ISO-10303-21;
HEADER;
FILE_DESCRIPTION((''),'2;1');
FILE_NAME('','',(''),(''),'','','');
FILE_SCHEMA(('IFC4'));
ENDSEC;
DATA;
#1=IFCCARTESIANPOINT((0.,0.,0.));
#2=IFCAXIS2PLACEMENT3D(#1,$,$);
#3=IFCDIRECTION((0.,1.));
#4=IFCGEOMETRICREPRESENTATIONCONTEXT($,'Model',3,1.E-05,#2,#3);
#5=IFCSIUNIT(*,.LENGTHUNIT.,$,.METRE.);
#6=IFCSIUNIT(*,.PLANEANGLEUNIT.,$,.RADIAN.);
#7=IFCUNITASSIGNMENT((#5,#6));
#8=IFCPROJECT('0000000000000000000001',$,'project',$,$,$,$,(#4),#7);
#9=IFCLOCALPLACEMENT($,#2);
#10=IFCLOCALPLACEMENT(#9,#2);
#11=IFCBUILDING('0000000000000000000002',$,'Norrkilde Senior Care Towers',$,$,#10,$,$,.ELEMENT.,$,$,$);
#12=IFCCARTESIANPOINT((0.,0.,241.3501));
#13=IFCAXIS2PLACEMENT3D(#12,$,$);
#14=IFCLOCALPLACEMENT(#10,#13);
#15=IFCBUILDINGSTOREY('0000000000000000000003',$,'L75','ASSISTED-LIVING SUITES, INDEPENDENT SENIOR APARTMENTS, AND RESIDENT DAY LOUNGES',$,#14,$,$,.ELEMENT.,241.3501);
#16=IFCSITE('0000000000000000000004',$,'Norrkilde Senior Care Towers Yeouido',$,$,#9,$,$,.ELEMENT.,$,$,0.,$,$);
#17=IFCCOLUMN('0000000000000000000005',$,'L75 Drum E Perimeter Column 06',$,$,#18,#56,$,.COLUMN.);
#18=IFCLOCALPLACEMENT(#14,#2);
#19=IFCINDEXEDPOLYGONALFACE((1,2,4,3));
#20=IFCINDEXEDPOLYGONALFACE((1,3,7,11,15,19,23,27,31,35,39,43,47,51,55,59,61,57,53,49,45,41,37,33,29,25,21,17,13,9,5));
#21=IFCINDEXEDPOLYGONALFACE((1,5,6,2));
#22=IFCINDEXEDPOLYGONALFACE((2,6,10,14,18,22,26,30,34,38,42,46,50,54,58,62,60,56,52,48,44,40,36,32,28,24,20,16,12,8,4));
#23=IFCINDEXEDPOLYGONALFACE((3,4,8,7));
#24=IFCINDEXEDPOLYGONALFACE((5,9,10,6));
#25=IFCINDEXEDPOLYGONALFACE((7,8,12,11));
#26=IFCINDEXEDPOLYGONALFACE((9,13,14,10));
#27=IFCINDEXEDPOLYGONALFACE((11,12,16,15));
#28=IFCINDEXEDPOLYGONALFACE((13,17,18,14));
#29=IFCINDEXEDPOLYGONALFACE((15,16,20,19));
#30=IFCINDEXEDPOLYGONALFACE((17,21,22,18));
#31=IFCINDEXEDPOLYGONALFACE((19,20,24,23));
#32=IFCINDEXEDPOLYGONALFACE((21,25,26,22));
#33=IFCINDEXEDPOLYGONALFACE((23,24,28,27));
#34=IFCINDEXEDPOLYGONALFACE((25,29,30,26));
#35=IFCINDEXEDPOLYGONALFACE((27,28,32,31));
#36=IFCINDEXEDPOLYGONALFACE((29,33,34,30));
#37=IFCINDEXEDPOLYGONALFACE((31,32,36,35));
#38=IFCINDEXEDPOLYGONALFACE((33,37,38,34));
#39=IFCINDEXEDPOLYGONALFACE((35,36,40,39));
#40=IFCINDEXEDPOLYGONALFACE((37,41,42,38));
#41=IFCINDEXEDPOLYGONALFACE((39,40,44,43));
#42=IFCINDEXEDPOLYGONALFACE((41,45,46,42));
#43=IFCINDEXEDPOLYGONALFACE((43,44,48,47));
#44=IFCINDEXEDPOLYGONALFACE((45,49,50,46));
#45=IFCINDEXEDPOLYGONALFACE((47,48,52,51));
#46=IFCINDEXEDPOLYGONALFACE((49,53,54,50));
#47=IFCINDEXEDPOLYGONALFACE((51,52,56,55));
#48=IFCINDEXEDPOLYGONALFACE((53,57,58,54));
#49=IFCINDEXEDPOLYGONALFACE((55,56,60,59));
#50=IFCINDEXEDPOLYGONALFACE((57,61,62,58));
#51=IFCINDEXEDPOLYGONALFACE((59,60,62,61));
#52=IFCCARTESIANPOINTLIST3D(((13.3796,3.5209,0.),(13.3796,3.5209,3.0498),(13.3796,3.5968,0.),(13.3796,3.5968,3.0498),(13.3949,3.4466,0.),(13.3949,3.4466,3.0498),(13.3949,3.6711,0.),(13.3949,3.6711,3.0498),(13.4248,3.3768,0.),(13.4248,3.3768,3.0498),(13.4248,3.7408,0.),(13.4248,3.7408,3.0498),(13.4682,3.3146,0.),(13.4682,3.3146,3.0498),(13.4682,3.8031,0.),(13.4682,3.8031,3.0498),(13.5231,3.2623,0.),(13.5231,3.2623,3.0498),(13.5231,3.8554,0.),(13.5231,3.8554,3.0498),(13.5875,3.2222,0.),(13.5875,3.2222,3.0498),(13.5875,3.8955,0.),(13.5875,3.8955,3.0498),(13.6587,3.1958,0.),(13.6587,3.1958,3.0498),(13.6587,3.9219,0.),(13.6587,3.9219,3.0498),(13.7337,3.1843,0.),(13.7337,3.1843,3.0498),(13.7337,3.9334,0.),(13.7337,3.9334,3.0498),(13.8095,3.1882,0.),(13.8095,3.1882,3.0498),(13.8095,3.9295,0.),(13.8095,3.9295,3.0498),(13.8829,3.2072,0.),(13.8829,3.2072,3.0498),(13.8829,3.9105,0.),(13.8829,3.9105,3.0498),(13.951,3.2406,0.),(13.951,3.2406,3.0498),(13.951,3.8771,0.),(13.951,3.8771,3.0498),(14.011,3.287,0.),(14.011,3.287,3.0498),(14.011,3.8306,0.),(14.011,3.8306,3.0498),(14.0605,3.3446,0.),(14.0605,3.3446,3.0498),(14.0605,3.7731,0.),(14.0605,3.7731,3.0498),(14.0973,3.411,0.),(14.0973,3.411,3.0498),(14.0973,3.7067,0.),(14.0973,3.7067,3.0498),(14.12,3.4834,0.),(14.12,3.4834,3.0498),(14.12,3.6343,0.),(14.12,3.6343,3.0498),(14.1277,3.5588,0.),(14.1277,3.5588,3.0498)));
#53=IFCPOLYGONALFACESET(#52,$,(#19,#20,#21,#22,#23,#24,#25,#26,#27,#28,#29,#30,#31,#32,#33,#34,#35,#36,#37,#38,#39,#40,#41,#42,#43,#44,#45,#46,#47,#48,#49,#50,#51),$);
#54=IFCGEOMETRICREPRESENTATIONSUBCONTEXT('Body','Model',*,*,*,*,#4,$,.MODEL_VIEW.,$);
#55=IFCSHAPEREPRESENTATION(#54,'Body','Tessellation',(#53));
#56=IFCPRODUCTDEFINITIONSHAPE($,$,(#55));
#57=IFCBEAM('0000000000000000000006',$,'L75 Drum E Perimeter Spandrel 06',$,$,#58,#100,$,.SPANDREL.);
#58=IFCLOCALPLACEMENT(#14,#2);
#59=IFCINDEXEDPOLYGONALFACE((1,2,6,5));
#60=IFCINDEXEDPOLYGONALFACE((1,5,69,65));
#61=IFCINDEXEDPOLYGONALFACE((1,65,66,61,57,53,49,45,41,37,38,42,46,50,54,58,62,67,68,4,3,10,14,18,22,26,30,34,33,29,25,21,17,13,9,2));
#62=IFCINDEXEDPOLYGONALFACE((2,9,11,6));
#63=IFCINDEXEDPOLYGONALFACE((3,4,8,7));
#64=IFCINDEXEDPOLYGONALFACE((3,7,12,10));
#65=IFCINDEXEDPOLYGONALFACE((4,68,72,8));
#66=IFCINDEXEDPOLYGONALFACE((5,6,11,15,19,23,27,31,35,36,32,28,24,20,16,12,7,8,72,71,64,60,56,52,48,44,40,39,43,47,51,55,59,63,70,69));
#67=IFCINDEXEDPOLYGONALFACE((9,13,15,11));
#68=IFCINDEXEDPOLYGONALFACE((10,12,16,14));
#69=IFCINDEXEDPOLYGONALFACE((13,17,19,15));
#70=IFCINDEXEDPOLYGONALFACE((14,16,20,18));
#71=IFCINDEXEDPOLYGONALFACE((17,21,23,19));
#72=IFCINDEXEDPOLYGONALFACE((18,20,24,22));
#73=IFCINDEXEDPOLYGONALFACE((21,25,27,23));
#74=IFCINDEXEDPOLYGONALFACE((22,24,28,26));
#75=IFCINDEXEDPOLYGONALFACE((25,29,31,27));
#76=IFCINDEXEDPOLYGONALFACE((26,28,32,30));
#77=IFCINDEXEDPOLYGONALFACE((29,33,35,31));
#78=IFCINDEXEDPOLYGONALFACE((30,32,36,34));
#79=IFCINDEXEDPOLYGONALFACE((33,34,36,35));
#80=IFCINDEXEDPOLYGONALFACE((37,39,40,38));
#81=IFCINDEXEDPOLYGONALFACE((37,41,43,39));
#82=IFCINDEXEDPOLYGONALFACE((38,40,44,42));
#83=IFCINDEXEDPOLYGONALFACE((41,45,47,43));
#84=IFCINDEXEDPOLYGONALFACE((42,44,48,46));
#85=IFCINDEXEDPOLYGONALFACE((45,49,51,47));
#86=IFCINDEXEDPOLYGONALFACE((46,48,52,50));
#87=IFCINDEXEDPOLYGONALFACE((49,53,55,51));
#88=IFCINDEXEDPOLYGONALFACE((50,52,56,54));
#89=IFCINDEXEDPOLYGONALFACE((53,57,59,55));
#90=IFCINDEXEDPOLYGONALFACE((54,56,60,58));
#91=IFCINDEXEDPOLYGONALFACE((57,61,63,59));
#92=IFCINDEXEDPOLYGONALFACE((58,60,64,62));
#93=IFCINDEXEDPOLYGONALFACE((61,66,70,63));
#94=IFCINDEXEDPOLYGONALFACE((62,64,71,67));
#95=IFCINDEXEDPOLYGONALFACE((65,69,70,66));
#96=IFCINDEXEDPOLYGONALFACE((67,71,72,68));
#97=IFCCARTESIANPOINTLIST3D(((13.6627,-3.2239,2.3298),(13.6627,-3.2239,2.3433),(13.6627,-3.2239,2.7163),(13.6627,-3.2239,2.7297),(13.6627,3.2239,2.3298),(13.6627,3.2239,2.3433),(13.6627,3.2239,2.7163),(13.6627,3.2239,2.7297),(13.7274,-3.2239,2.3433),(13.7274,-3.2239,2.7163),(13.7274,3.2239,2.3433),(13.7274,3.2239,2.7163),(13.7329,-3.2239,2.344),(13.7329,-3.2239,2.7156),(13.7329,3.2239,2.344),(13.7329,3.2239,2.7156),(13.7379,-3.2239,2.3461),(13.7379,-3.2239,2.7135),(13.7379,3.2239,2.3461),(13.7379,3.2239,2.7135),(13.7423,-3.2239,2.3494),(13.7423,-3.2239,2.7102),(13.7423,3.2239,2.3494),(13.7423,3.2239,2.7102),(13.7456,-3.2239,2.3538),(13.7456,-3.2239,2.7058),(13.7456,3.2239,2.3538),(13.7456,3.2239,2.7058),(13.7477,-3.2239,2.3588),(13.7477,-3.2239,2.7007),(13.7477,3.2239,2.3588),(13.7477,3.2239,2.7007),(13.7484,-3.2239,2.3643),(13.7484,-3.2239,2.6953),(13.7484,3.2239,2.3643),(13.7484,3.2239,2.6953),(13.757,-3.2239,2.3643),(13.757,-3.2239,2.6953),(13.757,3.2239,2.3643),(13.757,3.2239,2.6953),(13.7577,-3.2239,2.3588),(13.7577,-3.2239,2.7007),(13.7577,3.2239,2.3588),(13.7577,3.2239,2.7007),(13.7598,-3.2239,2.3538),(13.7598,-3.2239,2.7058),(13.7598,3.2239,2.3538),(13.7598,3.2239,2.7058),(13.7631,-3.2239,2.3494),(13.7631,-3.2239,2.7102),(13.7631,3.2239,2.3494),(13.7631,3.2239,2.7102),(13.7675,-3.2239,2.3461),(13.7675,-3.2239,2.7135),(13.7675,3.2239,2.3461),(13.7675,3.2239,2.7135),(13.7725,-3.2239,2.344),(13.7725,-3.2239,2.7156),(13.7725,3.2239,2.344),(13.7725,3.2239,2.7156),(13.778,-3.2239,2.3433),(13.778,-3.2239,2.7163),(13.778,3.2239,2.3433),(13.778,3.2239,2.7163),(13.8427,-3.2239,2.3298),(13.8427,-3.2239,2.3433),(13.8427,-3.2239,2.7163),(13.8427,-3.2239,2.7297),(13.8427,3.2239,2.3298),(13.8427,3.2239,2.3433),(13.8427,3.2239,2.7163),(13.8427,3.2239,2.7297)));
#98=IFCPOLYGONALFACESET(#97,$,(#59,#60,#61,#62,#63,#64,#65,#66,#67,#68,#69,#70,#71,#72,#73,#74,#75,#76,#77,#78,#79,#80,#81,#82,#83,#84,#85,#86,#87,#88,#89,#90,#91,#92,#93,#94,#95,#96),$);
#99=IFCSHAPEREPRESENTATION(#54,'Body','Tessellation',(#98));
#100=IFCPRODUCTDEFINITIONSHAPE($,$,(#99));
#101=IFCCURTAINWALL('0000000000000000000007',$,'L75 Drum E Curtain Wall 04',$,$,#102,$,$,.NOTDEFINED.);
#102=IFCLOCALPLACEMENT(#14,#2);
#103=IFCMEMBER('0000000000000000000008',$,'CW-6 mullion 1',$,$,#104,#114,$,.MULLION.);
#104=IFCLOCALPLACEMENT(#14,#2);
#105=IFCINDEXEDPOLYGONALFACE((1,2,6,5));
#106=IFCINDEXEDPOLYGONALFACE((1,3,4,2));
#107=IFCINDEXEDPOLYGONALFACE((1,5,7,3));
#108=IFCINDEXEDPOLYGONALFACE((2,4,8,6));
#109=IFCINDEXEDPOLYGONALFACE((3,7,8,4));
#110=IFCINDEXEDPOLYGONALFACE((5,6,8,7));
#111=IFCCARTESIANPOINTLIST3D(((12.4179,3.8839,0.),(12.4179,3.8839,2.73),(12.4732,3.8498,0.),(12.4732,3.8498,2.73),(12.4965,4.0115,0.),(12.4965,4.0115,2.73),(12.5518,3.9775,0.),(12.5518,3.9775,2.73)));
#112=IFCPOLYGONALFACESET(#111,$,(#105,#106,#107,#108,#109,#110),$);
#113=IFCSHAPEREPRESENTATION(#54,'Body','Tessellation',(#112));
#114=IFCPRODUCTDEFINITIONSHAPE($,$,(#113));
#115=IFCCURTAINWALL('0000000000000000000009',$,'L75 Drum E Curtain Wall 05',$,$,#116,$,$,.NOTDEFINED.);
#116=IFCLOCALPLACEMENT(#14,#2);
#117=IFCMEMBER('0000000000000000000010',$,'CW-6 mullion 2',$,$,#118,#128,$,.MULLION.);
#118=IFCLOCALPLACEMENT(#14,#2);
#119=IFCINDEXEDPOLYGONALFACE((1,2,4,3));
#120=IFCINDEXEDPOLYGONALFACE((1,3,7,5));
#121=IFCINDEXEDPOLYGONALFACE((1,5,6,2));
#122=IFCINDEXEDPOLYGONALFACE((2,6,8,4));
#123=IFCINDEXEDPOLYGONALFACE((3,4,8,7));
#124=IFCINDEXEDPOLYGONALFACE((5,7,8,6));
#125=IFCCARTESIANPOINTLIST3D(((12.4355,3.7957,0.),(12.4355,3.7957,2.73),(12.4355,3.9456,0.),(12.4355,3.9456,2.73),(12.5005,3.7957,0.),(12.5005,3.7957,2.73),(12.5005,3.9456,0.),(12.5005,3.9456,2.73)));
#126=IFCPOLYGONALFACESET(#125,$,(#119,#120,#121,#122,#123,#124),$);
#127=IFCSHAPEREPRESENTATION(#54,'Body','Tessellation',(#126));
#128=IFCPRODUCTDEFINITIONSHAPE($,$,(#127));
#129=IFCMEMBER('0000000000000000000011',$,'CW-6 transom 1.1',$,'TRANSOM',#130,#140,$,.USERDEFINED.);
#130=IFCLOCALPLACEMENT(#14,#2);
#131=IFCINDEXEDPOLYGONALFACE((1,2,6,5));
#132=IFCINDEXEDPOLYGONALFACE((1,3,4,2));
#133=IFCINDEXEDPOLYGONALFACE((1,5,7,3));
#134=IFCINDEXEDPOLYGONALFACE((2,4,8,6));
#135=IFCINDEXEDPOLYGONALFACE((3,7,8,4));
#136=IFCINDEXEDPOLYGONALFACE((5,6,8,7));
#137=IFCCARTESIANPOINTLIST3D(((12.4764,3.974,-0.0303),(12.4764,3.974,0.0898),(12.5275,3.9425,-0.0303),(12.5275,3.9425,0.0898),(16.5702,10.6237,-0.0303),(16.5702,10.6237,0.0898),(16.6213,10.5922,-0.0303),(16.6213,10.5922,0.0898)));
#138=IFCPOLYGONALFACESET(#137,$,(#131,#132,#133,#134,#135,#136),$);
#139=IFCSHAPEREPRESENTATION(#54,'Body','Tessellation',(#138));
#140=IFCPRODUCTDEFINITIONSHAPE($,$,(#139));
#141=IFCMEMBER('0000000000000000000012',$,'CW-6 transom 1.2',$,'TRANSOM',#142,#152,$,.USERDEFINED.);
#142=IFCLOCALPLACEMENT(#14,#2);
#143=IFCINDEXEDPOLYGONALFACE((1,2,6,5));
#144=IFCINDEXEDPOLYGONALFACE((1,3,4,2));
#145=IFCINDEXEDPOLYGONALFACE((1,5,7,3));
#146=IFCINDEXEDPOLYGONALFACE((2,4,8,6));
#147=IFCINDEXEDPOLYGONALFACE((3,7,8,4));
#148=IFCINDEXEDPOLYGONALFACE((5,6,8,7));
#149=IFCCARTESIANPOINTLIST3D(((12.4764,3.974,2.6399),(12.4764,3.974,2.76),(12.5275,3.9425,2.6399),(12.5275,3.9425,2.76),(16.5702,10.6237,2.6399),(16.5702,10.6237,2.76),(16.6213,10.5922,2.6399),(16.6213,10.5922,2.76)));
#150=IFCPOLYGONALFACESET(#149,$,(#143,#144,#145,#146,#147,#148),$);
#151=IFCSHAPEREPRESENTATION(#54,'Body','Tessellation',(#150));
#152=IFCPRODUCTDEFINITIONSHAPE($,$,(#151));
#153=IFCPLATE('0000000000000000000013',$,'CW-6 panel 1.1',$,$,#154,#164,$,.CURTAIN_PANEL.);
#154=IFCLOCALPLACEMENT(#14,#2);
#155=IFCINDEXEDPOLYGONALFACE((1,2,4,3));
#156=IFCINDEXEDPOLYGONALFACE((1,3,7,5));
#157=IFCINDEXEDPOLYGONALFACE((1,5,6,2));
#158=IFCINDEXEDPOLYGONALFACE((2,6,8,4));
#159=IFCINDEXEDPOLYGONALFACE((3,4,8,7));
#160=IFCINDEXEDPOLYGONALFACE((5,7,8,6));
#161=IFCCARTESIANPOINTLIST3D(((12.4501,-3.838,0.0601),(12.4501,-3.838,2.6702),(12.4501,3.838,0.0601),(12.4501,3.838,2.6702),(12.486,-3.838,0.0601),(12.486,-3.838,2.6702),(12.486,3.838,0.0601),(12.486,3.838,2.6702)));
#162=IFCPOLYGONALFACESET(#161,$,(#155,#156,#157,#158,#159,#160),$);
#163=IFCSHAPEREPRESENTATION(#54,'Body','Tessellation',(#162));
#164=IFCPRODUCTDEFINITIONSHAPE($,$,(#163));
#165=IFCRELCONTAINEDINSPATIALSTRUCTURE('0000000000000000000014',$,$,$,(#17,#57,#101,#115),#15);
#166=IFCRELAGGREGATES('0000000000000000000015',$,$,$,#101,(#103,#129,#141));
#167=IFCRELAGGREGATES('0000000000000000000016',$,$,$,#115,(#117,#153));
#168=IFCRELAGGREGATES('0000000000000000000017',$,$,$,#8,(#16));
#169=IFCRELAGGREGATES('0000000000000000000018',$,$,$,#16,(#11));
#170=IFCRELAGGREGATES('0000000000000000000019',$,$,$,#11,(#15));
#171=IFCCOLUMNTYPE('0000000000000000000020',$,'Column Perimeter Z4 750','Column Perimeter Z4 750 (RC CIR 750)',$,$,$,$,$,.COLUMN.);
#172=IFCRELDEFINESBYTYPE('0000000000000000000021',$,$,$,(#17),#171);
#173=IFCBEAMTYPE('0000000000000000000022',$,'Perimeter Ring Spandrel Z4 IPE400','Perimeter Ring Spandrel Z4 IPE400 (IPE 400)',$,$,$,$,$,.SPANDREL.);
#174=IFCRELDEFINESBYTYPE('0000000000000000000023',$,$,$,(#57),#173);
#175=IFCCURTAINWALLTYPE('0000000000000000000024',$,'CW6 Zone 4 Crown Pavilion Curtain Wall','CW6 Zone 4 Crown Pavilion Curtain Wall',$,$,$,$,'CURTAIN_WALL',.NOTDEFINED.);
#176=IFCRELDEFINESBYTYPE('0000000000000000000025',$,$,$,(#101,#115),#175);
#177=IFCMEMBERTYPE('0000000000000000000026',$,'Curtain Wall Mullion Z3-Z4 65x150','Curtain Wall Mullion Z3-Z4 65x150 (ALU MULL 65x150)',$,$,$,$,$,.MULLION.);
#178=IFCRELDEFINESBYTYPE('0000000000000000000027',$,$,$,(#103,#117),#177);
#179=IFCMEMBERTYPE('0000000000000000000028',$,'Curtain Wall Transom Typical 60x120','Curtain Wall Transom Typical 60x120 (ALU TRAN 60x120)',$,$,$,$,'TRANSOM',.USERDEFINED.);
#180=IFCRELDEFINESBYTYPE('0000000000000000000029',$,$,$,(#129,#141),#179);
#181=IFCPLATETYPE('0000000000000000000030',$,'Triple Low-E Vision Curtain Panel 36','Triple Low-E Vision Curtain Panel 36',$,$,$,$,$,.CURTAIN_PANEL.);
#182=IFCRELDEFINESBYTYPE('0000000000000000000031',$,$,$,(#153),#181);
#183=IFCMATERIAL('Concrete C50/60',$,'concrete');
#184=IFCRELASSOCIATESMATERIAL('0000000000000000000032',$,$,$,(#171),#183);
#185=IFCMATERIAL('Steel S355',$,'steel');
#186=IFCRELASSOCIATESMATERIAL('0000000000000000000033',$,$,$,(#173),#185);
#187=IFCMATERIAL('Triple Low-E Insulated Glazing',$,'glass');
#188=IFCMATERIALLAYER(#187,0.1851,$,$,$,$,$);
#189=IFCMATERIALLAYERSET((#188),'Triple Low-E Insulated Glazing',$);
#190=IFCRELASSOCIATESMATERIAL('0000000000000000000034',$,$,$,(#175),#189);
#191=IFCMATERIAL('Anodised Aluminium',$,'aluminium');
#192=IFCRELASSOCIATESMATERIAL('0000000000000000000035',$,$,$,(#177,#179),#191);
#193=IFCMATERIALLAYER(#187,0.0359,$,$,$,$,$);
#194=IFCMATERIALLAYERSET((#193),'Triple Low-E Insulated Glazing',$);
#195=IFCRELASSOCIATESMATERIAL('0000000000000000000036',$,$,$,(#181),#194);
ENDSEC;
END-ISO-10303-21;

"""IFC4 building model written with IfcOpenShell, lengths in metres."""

from ifc_helpers import new_model, si_unit, direction, frame, origin, origin_2d, place, context, subcontext, project, spatial, rectangle, circle, i_section, extrude, source, transform, mapped, material, layer, layer_set, material_profile, profile_set, type_object, type_shapes, element, aggregate, save


model = new_model("IFC4")

# Units and contexts
model_context = context("Model", 3, precision=1e-05, world=origin(), true_north=direction((0.0, 1.0)))
body_context = subcontext(model_context, "Body", "Model", "MODEL_VIEW")
ifc_project = project(units=[si_unit("LENGTHUNIT", "METRE"), si_unit("PLANEANGLEUNIT", "RADIAN")], contexts=[model_context])

# Site, building, storey
site_placement = place(None, origin())
site = spatial("IfcSite", under=ifc_project, at=site_placement, Name="Norrkilde Senior Care Towers Yeouido", CompositionType="ELEMENT", RefElevation=0.0)
building_placement = place(site_placement, origin())
building = spatial("IfcBuilding", under=site, at=building_placement, Name="Norrkilde Senior Care Towers", CompositionType="ELEMENT")
storey_placement = place(building_placement, frame((0.0, 0.0, 241.3501)))
storey = spatial("IfcBuildingStorey", under=building, at=storey_placement, Name="L75", Description="ASSISTED-LIVING SUITES, INDEPENDENT SENIOR APARTMENTS, AND RESIDENT DAY LOUNGES", CompositionType="ELEMENT", Elevation=241.3501)

# Column
ifc_material_1 = material(Name="Concrete C50/60", Category="concrete")
ifc_material_profile_1 = material_profile(ifc_material_1, circle(Radius=0.375, at=origin_2d()), Name="RC CIR 750")
ifc_profile_set_1 = profile_set([ifc_material_profile_1], Name="Concrete C50/60")
column_type = type_object("IfcColumnType", Name="Column Perimeter Z4 750", Description="Column Perimeter Z4 750 (RC CIR 750)", PredefinedType="COLUMN", material=ifc_profile_set_1)
shared_shape_1 = source(origin(), body_context, "Body", "SweptSolid", [
    extrude(circle(Radius=0.375, at=origin_2d()), origin(), (0.0, 0.0, 1.0), 3.0498),
])
type_shapes(column_type, [shared_shape_1])
column_placement = place(storey_placement, frame((13.7527, 3.5588, 0.0), z_axis=(0.0, 0.0, 1.0), x_axis=(1.0, 0.0, 0.0)))
element("IfcColumn", 1, at=column_placement, inside=storey, type_object=column_type, Name="L75 Drum E Perimeter Column 06", PredefinedType="COLUMN", context=body_context, shape_type="MappedRepresentation", body=[
    mapped(shared_shape_1, transform((0.0, 0.0, 0.0), x_axis=(1.0, 0.0, 0.0), y_axis=(0.0, 1.0, 0.0), z_axis=(0.0, 0.0, 1.0), scale=1.0)),
])

# Beam
ifc_material_2 = material(Name="Steel S355", Category="steel")
ifc_material_profile_2 = material_profile(ifc_material_2, i_section(OverallWidth=0.1799, OverallDepth=0.3999, WebThickness=0.0085, FlangeThickness=0.0134, FilletRadius=0.021, at=origin_2d()), Name="IPE 400")
ifc_profile_set_2 = profile_set([ifc_material_profile_2], Name="Steel S355")
beam_type = type_object("IfcBeamType", Name="Perimeter Ring Spandrel Z4 IPE400", Description="Perimeter Ring Spandrel Z4 IPE400 (IPE 400)", PredefinedType="SPANDREL", material=ifc_profile_set_2)
shared_shape_2 = source(origin(), body_context, "Body", "SweptSolid", [
    extrude(i_section(OverallWidth=0.1799, OverallDepth=0.3999, WebThickness=0.0085, FlangeThickness=0.0134, FilletRadius=0.021, at=origin_2d()), origin(), (0.0, 0.0, 1.0), 6.4478),
])
type_shapes(beam_type, [shared_shape_2])
beam_placement = place(storey_placement, frame((13.7527, 3.2239, 2.5298), z_axis=(0.0, -1.0, 0.0), x_axis=(1.0, 0.0, 0.0)))
element("IfcBeam", 2, at=beam_placement, inside=storey, type_object=beam_type, Name="L75 Drum E Perimeter Spandrel 06", PredefinedType="SPANDREL", context=body_context, shape_type="MappedRepresentation", body=[
    mapped(shared_shape_2, transform((0.0, 0.0, 0.0), x_axis=(1.0, 0.0, 0.0), y_axis=(0.0, 1.0, 0.0), z_axis=(0.0, 0.0, 1.0), scale=1.0)),
])

# Curtain walls, members
ifc_material_3 = material(Name="Triple Low-E Insulated Glazing", Category="glass")
ifc_layer_1 = layer(ifc_material_3, 0.1851)
ifc_layer_set_1 = layer_set([ifc_layer_1], Name="Triple Low-E Insulated Glazing")
curtain_wall_type = type_object("IfcCurtainWallType", Name="CW6 Zone 4 Crown Pavilion Curtain Wall", Description="CW6 Zone 4 Crown Pavilion Curtain Wall", ElementType="CURTAIN_WALL", PredefinedType="NOTDEFINED", material=ifc_layer_set_1)
curtain_wall_1_placement = place(storey_placement, origin())
curtain_wall_1 = element("IfcCurtainWall", 3, at=curtain_wall_1_placement, inside=storey, type_object=curtain_wall_type, Name="L75 Drum E Curtain Wall 04", PredefinedType="NOTDEFINED")
ifc_material_4 = material(Name="Anodised Aluminium", Category="aluminium")
ifc_material_profile_3 = material_profile(ifc_material_4, rectangle(XDim=0.0649, YDim=0.1499, at=origin_2d()), Name="ALU MULL 65x150")
ifc_profile_set_3 = profile_set([ifc_material_profile_3], Name="Anodised Aluminium")
member_type_1 = type_object("IfcMemberType", Name="Curtain Wall Mullion Z3-Z4 65x150", Description="Curtain Wall Mullion Z3-Z4 65x150 (ALU MULL 65x150)", PredefinedType="MULLION", material=ifc_profile_set_3)
shared_shape_3 = source(origin(), body_context, "Body", "SweptSolid", [
    extrude(rectangle(XDim=0.0649, YDim=0.1499, at=origin_2d()), origin(), (0.0, 0.0, 1.0), 2.73),
])
type_shapes(member_type_1, [shared_shape_3])
member_1_placement = place(storey_placement, frame((12.4849, 3.9307, 0.0), z_axis=(0.0, 0.0, 1.0), x_axis=(-0.851563, 0.524253, 0.0)))
member_1 = element("IfcMember", 4, at=member_1_placement, type_object=member_type_1, Name="CW-6 mullion 1", PredefinedType="MULLION", context=body_context, shape_type="MappedRepresentation", body=[
    mapped(shared_shape_3, transform((0.0, 0.0, 0.0), x_axis=(1.0, 0.0, 0.0), y_axis=(0.0, 1.0, 0.0), z_axis=(0.0, 0.0, 1.0), scale=1.0)),
])
curtain_wall_2_placement = place(storey_placement, origin())
curtain_wall_2 = element("IfcCurtainWall", 5, at=curtain_wall_2_placement, inside=storey, type_object=curtain_wall_type, Name="L75 Drum E Curtain Wall 05", PredefinedType="NOTDEFINED")
member_2_placement = place(storey_placement, frame((12.468, 3.8706, 0.0), z_axis=(0.0, 0.0, 1.0), x_axis=(-1.0, 0.0, 0.0)))
member_2 = element("IfcMember", 6, at=member_2_placement, type_object=member_type_1, Name="CW-6 mullion 2", PredefinedType="MULLION", context=body_context, shape_type="MappedRepresentation", body=[
    mapped(shared_shape_3, transform((0.0, 0.0, 0.0), x_axis=(1.0, 0.0, 0.0), y_axis=(0.0, 1.0, 0.0), z_axis=(0.0, 0.0, 1.0), scale=1.0)),
])

# Members
ifc_material_profile_4 = material_profile(ifc_material_4, rectangle(XDim=0.0601, YDim=0.1201, at=origin_2d()), Name="ALU TRAN 60x120")
ifc_profile_set_4 = profile_set([ifc_material_profile_4], Name="Anodised Aluminium")
member_type_2 = type_object("IfcMemberType", Name="Curtain Wall Transom Typical 60x120", Description="Curtain Wall Transom Typical 60x120 (ALU TRAN 60x120)", ElementType="TRANSOM", PredefinedType="USERDEFINED", material=ifc_profile_set_4)
shared_shape_4 = source(origin(), body_context, "Body", "SweptSolid", [
    extrude(rectangle(XDim=0.0601, YDim=0.1201, at=origin_2d()), origin(), (0.0, 0.0, 1.0), 7.8088),
])
type_shapes(member_type_2, [shared_shape_4])
member_3_placement = place(storey_placement, frame((12.502, 3.9583, 0.0298), z_axis=(0.524251, 0.851564, 0.0), x_axis=(-0.851564, 0.524251, 0.0)))
member_3 = element("IfcMember", 7, at=member_3_placement, type_object=member_type_2, Name="CW-6 transom 1.1", ObjectType="TRANSOM", PredefinedType="USERDEFINED", context=body_context, shape_type="MappedRepresentation", body=[
    mapped(shared_shape_4, transform((0.0, 0.0, 0.0), x_axis=(1.0, 0.0, 0.0), y_axis=(0.0, 1.0, 0.0), z_axis=(0.0, 0.0, 1.0), scale=1.0)),
])
member_4_placement = place(storey_placement, frame((12.502, 3.9583, 2.7), z_axis=(0.524251, 0.851564, 0.0), x_axis=(-0.851564, 0.524251, 0.0)))
member_4 = element("IfcMember", 8, at=member_4_placement, type_object=member_type_2, Name="CW-6 transom 1.2", ObjectType="TRANSOM", PredefinedType="USERDEFINED", context=body_context, shape_type="MappedRepresentation", body=[
    mapped(shared_shape_4, transform((0.0, 0.0, 0.0), x_axis=(1.0, 0.0, 0.0), y_axis=(0.0, 1.0, 0.0), z_axis=(0.0, 0.0, 1.0), scale=1.0)),
])
aggregate(curtain_wall_1, [member_1, member_3, member_4])

# Plate
ifc_layer_2 = layer(ifc_material_3, 0.0359)
ifc_layer_set_2 = layer_set([ifc_layer_2], Name="Triple Low-E Insulated Glazing")
plate_type = type_object("IfcPlateType", Name="Triple Low-E Vision Curtain Panel 36", Description="Triple Low-E Vision Curtain Panel 36", PredefinedType="CURTAIN_PANEL", material=ifc_layer_set_2)
shared_shape_5 = source(origin(), body_context, "Body", "SweptSolid", [
    extrude(rectangle(XDim=7.676, YDim=0.0359, at=origin_2d()), origin(), (0.0, 0.0, 1.0), 2.6101),
])
type_shapes(plate_type, [shared_shape_5])
plate_placement = place(storey_placement, frame((12.468, 0.0, 0.0601), z_axis=(0.0, 0.0, 1.0), x_axis=(0.0, 1.0, 0.0)))
plate = element("IfcPlate", 9, at=plate_placement, type_object=plate_type, Name="CW-6 panel 1.1", PredefinedType="CURTAIN_PANEL", context=body_context, shape_type="MappedRepresentation", body=[
    mapped(shared_shape_5, transform((0.0, 0.0, 0.0), x_axis=(1.0, 0.0, 0.0), y_axis=(0.0, 1.0, 0.0), z_axis=(0.0, 0.0, 1.0), scale=1.0)),
])
aggregate(curtain_wall_2, [member_2, plate])

save(model, "model.ifc")
